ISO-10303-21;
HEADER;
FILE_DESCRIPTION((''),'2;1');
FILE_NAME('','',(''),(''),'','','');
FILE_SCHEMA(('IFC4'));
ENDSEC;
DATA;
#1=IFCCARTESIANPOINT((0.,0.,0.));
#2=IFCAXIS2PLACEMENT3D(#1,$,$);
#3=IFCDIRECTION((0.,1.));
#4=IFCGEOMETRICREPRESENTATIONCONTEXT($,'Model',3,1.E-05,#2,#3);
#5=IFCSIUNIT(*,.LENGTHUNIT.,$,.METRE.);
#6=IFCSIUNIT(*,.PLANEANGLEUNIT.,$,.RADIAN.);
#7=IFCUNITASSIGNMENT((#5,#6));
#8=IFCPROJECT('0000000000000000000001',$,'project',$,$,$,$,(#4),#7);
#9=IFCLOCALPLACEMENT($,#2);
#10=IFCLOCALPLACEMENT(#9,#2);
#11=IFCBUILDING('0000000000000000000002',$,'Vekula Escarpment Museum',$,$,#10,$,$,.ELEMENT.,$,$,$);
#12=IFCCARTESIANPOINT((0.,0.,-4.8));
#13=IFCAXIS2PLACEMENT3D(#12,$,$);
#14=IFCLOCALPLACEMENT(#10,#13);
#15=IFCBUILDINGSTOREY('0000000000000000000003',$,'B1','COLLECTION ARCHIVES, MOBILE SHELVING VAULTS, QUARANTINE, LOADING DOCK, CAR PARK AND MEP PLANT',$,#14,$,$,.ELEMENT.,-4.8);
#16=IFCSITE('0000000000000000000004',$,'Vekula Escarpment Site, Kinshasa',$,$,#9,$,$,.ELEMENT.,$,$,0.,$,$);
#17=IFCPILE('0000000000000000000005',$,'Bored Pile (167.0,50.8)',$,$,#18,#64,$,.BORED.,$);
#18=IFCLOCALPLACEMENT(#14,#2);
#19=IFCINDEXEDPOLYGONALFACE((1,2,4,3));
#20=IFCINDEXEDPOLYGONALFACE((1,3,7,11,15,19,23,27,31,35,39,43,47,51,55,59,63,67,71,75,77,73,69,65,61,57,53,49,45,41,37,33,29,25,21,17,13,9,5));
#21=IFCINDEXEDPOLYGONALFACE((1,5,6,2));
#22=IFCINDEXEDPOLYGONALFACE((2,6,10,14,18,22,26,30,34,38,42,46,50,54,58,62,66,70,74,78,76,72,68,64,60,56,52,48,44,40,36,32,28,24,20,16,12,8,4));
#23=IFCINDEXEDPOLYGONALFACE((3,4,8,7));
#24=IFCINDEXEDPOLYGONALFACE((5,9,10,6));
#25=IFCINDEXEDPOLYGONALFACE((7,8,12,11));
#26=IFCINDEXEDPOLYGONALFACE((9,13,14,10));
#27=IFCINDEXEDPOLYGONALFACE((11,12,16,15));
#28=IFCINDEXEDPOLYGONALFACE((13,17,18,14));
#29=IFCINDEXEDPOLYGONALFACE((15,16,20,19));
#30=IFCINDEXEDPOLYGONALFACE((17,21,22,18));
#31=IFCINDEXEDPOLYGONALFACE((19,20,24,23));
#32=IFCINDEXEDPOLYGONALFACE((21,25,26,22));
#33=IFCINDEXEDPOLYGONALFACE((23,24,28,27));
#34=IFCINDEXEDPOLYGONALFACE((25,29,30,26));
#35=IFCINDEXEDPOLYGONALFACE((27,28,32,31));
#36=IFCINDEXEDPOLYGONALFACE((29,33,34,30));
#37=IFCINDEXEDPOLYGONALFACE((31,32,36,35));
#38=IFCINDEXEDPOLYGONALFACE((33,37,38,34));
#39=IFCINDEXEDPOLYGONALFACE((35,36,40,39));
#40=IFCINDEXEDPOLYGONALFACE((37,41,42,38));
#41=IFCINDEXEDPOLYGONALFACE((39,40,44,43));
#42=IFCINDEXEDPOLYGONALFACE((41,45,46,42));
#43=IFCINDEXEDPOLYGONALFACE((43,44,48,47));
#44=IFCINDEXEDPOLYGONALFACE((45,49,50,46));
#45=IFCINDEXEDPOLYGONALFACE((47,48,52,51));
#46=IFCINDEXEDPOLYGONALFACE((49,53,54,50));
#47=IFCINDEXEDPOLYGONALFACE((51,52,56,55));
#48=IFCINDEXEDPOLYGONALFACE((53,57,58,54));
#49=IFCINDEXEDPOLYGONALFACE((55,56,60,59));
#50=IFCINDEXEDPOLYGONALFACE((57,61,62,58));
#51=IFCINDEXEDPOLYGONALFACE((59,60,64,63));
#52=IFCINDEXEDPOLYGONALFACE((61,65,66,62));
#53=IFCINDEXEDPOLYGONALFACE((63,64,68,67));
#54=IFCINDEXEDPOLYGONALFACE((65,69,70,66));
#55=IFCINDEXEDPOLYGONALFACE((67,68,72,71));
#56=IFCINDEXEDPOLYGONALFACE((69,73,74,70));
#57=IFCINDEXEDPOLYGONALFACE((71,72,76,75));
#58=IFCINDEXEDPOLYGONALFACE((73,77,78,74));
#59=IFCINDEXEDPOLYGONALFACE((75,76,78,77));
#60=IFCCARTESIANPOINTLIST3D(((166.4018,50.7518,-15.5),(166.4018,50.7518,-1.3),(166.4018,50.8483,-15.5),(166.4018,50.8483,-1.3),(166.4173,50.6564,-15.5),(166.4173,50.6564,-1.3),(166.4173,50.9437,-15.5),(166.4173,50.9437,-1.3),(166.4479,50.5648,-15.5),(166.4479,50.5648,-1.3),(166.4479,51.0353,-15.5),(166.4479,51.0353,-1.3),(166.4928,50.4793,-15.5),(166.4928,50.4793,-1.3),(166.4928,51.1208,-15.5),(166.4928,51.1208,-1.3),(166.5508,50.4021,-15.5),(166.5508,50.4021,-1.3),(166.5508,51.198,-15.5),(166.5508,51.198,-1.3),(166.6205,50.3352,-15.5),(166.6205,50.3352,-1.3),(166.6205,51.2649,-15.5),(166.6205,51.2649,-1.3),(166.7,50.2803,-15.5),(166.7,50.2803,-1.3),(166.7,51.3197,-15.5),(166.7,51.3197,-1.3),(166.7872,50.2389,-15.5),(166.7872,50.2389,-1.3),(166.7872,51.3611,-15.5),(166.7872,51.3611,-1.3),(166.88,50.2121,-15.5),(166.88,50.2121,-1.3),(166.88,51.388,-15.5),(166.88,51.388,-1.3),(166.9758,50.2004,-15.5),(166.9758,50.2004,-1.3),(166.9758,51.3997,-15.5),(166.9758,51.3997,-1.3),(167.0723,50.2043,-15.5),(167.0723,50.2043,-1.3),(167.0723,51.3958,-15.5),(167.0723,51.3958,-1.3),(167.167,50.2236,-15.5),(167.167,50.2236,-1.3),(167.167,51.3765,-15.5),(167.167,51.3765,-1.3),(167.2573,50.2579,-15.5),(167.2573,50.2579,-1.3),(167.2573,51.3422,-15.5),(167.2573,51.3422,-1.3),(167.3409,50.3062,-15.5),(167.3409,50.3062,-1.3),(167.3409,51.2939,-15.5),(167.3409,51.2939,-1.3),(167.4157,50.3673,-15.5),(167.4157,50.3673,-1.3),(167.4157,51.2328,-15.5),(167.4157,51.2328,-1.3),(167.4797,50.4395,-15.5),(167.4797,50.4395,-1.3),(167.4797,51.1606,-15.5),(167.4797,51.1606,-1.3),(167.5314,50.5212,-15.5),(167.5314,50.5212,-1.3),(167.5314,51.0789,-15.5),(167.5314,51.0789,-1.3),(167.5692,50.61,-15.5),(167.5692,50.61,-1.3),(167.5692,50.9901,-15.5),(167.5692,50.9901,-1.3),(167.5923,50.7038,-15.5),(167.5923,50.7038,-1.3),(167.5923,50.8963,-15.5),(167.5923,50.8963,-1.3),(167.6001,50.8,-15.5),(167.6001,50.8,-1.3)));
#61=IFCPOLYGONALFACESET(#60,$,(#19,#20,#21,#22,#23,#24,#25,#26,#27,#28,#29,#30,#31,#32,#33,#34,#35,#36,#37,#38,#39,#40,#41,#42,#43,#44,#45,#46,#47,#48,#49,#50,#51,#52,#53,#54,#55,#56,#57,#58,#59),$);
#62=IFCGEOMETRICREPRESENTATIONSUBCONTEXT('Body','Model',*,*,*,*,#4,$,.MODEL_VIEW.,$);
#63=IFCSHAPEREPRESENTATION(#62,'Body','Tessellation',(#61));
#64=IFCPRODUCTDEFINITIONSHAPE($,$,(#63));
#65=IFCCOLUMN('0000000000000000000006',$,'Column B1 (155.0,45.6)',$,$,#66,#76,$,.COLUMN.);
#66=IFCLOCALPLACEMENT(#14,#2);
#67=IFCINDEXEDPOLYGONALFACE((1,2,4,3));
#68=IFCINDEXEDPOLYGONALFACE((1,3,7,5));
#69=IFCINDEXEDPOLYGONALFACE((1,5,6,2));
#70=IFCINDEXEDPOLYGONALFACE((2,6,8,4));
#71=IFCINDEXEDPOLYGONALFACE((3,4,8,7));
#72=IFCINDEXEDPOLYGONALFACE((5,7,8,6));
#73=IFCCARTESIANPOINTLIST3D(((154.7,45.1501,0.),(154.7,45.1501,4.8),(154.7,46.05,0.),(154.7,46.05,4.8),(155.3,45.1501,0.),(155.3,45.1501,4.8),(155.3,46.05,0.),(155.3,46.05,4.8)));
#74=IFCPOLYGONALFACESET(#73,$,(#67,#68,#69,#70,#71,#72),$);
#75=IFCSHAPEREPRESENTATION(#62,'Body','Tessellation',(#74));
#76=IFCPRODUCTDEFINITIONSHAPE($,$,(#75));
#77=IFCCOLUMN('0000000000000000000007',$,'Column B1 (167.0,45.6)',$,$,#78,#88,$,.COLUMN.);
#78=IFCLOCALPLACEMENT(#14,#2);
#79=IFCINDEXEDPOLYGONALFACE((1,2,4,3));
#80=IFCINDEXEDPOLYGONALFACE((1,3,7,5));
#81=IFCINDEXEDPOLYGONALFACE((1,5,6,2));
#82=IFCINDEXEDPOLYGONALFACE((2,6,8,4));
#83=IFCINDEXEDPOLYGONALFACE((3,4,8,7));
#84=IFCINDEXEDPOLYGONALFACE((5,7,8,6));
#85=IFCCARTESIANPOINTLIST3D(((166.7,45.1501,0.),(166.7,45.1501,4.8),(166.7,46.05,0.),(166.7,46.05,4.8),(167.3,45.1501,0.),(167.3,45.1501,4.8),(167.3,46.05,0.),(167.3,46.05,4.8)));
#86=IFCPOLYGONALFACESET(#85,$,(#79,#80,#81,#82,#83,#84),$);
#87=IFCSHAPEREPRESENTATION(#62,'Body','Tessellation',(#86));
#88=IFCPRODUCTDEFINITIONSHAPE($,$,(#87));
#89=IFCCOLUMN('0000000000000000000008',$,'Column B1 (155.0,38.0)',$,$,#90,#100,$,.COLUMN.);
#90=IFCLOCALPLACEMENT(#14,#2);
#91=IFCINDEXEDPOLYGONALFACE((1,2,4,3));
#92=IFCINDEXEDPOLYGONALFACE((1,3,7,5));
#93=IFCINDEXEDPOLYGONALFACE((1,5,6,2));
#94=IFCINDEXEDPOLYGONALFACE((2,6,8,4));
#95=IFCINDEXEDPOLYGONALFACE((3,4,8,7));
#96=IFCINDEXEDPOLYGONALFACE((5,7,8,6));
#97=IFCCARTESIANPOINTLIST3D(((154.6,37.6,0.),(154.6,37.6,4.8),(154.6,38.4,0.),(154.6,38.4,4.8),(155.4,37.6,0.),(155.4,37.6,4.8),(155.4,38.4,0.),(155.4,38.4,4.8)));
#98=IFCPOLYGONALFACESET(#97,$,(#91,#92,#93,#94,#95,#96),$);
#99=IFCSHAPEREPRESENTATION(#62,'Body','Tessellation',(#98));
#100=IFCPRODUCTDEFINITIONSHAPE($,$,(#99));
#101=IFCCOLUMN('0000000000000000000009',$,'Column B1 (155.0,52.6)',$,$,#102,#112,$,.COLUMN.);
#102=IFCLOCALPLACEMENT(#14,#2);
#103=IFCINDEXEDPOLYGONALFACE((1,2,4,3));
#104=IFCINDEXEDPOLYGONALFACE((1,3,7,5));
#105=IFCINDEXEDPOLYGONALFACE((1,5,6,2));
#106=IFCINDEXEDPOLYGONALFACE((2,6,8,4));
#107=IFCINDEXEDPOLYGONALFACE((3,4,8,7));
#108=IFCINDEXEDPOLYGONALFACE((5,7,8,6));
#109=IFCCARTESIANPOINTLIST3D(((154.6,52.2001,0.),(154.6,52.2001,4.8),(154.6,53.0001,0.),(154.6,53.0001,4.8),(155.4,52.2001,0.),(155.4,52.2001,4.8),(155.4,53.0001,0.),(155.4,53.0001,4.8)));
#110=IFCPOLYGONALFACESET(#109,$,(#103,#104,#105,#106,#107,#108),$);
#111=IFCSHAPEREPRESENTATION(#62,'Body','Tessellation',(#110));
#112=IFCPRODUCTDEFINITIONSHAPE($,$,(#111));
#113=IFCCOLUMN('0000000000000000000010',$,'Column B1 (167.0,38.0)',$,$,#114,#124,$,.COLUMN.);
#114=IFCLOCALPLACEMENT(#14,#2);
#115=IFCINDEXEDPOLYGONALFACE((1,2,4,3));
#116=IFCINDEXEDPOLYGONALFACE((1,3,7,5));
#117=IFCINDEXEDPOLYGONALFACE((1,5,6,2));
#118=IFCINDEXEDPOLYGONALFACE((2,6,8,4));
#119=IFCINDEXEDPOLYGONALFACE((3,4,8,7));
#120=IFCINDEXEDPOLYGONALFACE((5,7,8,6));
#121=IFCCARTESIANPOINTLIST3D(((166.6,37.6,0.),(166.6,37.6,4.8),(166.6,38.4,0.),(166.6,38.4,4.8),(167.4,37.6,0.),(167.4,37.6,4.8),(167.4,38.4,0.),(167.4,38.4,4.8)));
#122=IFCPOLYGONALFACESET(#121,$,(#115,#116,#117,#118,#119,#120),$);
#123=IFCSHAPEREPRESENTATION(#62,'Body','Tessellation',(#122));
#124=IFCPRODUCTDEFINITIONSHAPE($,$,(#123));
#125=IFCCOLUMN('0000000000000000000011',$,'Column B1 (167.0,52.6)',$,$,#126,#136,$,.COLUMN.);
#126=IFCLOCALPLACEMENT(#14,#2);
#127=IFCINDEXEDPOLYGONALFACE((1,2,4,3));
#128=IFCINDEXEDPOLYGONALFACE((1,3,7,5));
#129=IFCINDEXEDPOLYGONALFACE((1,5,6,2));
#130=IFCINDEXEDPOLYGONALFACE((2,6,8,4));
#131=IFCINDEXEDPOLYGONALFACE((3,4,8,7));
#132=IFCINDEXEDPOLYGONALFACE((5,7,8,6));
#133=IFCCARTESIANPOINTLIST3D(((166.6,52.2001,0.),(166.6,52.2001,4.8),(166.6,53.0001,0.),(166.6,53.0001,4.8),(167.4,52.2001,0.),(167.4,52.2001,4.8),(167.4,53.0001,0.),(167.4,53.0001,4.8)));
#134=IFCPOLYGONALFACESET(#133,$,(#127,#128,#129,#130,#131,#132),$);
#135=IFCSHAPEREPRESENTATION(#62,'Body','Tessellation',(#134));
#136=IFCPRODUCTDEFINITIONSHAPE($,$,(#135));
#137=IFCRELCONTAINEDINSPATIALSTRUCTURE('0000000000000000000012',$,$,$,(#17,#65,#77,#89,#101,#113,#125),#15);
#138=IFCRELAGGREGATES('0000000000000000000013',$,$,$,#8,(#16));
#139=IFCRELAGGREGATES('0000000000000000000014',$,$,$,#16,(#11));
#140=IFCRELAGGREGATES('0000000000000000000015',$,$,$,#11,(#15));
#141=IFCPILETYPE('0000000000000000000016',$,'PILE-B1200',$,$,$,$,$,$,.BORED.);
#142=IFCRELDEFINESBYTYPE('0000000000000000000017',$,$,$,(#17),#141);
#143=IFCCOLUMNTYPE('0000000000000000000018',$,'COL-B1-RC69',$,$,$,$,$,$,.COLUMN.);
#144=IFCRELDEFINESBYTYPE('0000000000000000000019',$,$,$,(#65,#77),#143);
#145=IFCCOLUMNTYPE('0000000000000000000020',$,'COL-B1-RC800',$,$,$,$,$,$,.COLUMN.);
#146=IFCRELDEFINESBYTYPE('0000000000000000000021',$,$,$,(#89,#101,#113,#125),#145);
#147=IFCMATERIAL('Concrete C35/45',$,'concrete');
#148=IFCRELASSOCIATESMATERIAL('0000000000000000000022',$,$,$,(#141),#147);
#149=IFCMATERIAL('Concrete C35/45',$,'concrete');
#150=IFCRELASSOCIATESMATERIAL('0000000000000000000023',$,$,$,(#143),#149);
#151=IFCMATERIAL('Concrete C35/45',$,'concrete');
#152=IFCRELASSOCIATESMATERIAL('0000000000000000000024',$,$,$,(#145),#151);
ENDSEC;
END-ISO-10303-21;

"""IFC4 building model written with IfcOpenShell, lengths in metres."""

from ifc_helpers import new_model, si_unit, direction, frame, origin, origin_2d, place, context, subcontext, project, spatial, rectangle, circle, extrude, material, material_profile, profile_set, type_object, element, save


model = new_model("IFC4")

# Units and contexts
model_context = context("Model", 3, precision=1e-05, world=origin(), true_north=direction((0.0, 1.0)))
body_context = subcontext(model_context, "Body", "Model", "MODEL_VIEW")
ifc_project = project(units=[si_unit("LENGTHUNIT", "METRE"), si_unit("PLANEANGLEUNIT", "RADIAN")], contexts=[model_context])

# Site, building, storey
site_placement = place(None, origin())
site = spatial("IfcSite", under=ifc_project, at=site_placement, Name="Vekula Escarpment Site, Kinshasa", CompositionType="ELEMENT", RefElevation=0.0)
building_placement = place(site_placement, origin())
building = spatial("IfcBuilding", under=site, at=building_placement, Name="Vekula Escarpment Museum", CompositionType="ELEMENT")
storey_placement = place(building_placement, frame((0.0, 0.0, -4.8)))
storey = spatial("IfcBuildingStorey", under=building, at=storey_placement, Name="B1", Description="COLLECTION ARCHIVES, MOBILE SHELVING VAULTS, QUARANTINE, LOADING DOCK, CAR PARK AND MEP PLANT", CompositionType="ELEMENT", Elevation=-4.8)

# Pile
ifc_material_1 = material(Name="Concrete C35/45", Category="concrete")
ifc_material_profile_1 = material_profile(ifc_material_1, circle(Radius=0.6001, at=origin_2d()), Name="BORED PILE 1200")
ifc_profile_set_1 = profile_set([ifc_material_profile_1], Name="Concrete C35/45")
pile_type = type_object("IfcPileType", Name="PILE-B1200", PredefinedType="BORED", material=ifc_profile_set_1)
pile_placement = place(storey_placement, frame((167.0, 50.8, -1.3), z_axis=(0.0, 0.0, -1.0), x_axis=(1.0, 0.0, 0.0)))
element("IfcPile", 1, at=pile_placement, inside=storey, type_object=pile_type, Name="Bored Pile (167.0,50.8)", PredefinedType="BORED", context=body_context, shape_type="SweptSolid", body=[
    extrude(circle(Radius=0.6001, at=origin_2d()), origin(), (0.0, 0.0, 1.0), 14.2),
])

# Columns
ifc_material_2 = material(Name="Concrete C35/45", Category="concrete")
ifc_material_profile_2 = material_profile(ifc_material_2, rectangle(XDim=0.6001, YDim=0.8999, at=origin_2d()), Name="RC 600x900")
ifc_profile_set_2 = profile_set([ifc_material_profile_2], Name="Concrete C35/45")
column_type_1 = type_object("IfcColumnType", Name="COL-B1-RC69", PredefinedType="COLUMN", material=ifc_profile_set_2)
for number, where, z_axis, x_axis, name in (
    (2, (155.0, 45.6001, 0.0), (0.0, 0.0, 1.0), (1.0, 0.0, 0.0), "Column B1 (155.0,45.6)"),
    (3, (167.0, 45.6001, 0.0), (0.0, 0.0, 1.0), (1.0, 0.0, 0.0), "Column B1 (167.0,45.6)"),
):
    element("IfcColumn", number, at=place(storey_placement, frame(where, z_axis=z_axis, x_axis=x_axis)), inside=storey, type_object=column_type_1, Name=name, PredefinedType="COLUMN", context=body_context, shape_type="SweptSolid", body=[
        extrude(rectangle(XDim=0.6001, YDim=0.8999, at=origin_2d()), origin(), (0.0, 0.0, 1.0), 4.8),
    ])
ifc_material_3 = material(Name="Concrete C35/45", Category="concrete")
ifc_material_profile_3 = material_profile(ifc_material_3, rectangle(XDim=0.8, YDim=0.8, at=origin_2d()), Name="RC 800x800")
ifc_profile_set_3 = profile_set([ifc_material_profile_3], Name="Concrete C35/45")
column_type_2 = type_object("IfcColumnType", Name="COL-B1-RC800", PredefinedType="COLUMN", material=ifc_profile_set_3)
for number, where, z_axis, x_axis, name in (
    (4, (155.0, 38.0, 0.0), (0.0, 0.0, 1.0), (1.0, 0.0, 0.0), "Column B1 (155.0,38.0)"),
    (5, (155.0, 52.6001, 0.0), (0.0, 0.0, 1.0), (1.0, 0.0, 0.0), "Column B1 (155.0,52.6)"),
    (6, (167.0, 38.0, 0.0), (0.0, 0.0, 1.0), (1.0, 0.0, 0.0), "Column B1 (167.0,38.0)"),
    (7, (167.0, 52.6001, 0.0), (0.0, 0.0, 1.0), (1.0, 0.0, 0.0), "Column B1 (167.0,52.6)"),
):
    element("IfcColumn", number, at=place(storey_placement, frame(where, z_axis=z_axis, x_axis=x_axis)), inside=storey, type_object=column_type_2, Name=name, PredefinedType="COLUMN", context=body_context, shape_type="SweptSolid", body=[
        extrude(rectangle(XDim=0.8, YDim=0.8, at=origin_2d()), origin(), (0.0, 0.0, 1.0), 4.8),
    ])

save(model, "model.ifc")
